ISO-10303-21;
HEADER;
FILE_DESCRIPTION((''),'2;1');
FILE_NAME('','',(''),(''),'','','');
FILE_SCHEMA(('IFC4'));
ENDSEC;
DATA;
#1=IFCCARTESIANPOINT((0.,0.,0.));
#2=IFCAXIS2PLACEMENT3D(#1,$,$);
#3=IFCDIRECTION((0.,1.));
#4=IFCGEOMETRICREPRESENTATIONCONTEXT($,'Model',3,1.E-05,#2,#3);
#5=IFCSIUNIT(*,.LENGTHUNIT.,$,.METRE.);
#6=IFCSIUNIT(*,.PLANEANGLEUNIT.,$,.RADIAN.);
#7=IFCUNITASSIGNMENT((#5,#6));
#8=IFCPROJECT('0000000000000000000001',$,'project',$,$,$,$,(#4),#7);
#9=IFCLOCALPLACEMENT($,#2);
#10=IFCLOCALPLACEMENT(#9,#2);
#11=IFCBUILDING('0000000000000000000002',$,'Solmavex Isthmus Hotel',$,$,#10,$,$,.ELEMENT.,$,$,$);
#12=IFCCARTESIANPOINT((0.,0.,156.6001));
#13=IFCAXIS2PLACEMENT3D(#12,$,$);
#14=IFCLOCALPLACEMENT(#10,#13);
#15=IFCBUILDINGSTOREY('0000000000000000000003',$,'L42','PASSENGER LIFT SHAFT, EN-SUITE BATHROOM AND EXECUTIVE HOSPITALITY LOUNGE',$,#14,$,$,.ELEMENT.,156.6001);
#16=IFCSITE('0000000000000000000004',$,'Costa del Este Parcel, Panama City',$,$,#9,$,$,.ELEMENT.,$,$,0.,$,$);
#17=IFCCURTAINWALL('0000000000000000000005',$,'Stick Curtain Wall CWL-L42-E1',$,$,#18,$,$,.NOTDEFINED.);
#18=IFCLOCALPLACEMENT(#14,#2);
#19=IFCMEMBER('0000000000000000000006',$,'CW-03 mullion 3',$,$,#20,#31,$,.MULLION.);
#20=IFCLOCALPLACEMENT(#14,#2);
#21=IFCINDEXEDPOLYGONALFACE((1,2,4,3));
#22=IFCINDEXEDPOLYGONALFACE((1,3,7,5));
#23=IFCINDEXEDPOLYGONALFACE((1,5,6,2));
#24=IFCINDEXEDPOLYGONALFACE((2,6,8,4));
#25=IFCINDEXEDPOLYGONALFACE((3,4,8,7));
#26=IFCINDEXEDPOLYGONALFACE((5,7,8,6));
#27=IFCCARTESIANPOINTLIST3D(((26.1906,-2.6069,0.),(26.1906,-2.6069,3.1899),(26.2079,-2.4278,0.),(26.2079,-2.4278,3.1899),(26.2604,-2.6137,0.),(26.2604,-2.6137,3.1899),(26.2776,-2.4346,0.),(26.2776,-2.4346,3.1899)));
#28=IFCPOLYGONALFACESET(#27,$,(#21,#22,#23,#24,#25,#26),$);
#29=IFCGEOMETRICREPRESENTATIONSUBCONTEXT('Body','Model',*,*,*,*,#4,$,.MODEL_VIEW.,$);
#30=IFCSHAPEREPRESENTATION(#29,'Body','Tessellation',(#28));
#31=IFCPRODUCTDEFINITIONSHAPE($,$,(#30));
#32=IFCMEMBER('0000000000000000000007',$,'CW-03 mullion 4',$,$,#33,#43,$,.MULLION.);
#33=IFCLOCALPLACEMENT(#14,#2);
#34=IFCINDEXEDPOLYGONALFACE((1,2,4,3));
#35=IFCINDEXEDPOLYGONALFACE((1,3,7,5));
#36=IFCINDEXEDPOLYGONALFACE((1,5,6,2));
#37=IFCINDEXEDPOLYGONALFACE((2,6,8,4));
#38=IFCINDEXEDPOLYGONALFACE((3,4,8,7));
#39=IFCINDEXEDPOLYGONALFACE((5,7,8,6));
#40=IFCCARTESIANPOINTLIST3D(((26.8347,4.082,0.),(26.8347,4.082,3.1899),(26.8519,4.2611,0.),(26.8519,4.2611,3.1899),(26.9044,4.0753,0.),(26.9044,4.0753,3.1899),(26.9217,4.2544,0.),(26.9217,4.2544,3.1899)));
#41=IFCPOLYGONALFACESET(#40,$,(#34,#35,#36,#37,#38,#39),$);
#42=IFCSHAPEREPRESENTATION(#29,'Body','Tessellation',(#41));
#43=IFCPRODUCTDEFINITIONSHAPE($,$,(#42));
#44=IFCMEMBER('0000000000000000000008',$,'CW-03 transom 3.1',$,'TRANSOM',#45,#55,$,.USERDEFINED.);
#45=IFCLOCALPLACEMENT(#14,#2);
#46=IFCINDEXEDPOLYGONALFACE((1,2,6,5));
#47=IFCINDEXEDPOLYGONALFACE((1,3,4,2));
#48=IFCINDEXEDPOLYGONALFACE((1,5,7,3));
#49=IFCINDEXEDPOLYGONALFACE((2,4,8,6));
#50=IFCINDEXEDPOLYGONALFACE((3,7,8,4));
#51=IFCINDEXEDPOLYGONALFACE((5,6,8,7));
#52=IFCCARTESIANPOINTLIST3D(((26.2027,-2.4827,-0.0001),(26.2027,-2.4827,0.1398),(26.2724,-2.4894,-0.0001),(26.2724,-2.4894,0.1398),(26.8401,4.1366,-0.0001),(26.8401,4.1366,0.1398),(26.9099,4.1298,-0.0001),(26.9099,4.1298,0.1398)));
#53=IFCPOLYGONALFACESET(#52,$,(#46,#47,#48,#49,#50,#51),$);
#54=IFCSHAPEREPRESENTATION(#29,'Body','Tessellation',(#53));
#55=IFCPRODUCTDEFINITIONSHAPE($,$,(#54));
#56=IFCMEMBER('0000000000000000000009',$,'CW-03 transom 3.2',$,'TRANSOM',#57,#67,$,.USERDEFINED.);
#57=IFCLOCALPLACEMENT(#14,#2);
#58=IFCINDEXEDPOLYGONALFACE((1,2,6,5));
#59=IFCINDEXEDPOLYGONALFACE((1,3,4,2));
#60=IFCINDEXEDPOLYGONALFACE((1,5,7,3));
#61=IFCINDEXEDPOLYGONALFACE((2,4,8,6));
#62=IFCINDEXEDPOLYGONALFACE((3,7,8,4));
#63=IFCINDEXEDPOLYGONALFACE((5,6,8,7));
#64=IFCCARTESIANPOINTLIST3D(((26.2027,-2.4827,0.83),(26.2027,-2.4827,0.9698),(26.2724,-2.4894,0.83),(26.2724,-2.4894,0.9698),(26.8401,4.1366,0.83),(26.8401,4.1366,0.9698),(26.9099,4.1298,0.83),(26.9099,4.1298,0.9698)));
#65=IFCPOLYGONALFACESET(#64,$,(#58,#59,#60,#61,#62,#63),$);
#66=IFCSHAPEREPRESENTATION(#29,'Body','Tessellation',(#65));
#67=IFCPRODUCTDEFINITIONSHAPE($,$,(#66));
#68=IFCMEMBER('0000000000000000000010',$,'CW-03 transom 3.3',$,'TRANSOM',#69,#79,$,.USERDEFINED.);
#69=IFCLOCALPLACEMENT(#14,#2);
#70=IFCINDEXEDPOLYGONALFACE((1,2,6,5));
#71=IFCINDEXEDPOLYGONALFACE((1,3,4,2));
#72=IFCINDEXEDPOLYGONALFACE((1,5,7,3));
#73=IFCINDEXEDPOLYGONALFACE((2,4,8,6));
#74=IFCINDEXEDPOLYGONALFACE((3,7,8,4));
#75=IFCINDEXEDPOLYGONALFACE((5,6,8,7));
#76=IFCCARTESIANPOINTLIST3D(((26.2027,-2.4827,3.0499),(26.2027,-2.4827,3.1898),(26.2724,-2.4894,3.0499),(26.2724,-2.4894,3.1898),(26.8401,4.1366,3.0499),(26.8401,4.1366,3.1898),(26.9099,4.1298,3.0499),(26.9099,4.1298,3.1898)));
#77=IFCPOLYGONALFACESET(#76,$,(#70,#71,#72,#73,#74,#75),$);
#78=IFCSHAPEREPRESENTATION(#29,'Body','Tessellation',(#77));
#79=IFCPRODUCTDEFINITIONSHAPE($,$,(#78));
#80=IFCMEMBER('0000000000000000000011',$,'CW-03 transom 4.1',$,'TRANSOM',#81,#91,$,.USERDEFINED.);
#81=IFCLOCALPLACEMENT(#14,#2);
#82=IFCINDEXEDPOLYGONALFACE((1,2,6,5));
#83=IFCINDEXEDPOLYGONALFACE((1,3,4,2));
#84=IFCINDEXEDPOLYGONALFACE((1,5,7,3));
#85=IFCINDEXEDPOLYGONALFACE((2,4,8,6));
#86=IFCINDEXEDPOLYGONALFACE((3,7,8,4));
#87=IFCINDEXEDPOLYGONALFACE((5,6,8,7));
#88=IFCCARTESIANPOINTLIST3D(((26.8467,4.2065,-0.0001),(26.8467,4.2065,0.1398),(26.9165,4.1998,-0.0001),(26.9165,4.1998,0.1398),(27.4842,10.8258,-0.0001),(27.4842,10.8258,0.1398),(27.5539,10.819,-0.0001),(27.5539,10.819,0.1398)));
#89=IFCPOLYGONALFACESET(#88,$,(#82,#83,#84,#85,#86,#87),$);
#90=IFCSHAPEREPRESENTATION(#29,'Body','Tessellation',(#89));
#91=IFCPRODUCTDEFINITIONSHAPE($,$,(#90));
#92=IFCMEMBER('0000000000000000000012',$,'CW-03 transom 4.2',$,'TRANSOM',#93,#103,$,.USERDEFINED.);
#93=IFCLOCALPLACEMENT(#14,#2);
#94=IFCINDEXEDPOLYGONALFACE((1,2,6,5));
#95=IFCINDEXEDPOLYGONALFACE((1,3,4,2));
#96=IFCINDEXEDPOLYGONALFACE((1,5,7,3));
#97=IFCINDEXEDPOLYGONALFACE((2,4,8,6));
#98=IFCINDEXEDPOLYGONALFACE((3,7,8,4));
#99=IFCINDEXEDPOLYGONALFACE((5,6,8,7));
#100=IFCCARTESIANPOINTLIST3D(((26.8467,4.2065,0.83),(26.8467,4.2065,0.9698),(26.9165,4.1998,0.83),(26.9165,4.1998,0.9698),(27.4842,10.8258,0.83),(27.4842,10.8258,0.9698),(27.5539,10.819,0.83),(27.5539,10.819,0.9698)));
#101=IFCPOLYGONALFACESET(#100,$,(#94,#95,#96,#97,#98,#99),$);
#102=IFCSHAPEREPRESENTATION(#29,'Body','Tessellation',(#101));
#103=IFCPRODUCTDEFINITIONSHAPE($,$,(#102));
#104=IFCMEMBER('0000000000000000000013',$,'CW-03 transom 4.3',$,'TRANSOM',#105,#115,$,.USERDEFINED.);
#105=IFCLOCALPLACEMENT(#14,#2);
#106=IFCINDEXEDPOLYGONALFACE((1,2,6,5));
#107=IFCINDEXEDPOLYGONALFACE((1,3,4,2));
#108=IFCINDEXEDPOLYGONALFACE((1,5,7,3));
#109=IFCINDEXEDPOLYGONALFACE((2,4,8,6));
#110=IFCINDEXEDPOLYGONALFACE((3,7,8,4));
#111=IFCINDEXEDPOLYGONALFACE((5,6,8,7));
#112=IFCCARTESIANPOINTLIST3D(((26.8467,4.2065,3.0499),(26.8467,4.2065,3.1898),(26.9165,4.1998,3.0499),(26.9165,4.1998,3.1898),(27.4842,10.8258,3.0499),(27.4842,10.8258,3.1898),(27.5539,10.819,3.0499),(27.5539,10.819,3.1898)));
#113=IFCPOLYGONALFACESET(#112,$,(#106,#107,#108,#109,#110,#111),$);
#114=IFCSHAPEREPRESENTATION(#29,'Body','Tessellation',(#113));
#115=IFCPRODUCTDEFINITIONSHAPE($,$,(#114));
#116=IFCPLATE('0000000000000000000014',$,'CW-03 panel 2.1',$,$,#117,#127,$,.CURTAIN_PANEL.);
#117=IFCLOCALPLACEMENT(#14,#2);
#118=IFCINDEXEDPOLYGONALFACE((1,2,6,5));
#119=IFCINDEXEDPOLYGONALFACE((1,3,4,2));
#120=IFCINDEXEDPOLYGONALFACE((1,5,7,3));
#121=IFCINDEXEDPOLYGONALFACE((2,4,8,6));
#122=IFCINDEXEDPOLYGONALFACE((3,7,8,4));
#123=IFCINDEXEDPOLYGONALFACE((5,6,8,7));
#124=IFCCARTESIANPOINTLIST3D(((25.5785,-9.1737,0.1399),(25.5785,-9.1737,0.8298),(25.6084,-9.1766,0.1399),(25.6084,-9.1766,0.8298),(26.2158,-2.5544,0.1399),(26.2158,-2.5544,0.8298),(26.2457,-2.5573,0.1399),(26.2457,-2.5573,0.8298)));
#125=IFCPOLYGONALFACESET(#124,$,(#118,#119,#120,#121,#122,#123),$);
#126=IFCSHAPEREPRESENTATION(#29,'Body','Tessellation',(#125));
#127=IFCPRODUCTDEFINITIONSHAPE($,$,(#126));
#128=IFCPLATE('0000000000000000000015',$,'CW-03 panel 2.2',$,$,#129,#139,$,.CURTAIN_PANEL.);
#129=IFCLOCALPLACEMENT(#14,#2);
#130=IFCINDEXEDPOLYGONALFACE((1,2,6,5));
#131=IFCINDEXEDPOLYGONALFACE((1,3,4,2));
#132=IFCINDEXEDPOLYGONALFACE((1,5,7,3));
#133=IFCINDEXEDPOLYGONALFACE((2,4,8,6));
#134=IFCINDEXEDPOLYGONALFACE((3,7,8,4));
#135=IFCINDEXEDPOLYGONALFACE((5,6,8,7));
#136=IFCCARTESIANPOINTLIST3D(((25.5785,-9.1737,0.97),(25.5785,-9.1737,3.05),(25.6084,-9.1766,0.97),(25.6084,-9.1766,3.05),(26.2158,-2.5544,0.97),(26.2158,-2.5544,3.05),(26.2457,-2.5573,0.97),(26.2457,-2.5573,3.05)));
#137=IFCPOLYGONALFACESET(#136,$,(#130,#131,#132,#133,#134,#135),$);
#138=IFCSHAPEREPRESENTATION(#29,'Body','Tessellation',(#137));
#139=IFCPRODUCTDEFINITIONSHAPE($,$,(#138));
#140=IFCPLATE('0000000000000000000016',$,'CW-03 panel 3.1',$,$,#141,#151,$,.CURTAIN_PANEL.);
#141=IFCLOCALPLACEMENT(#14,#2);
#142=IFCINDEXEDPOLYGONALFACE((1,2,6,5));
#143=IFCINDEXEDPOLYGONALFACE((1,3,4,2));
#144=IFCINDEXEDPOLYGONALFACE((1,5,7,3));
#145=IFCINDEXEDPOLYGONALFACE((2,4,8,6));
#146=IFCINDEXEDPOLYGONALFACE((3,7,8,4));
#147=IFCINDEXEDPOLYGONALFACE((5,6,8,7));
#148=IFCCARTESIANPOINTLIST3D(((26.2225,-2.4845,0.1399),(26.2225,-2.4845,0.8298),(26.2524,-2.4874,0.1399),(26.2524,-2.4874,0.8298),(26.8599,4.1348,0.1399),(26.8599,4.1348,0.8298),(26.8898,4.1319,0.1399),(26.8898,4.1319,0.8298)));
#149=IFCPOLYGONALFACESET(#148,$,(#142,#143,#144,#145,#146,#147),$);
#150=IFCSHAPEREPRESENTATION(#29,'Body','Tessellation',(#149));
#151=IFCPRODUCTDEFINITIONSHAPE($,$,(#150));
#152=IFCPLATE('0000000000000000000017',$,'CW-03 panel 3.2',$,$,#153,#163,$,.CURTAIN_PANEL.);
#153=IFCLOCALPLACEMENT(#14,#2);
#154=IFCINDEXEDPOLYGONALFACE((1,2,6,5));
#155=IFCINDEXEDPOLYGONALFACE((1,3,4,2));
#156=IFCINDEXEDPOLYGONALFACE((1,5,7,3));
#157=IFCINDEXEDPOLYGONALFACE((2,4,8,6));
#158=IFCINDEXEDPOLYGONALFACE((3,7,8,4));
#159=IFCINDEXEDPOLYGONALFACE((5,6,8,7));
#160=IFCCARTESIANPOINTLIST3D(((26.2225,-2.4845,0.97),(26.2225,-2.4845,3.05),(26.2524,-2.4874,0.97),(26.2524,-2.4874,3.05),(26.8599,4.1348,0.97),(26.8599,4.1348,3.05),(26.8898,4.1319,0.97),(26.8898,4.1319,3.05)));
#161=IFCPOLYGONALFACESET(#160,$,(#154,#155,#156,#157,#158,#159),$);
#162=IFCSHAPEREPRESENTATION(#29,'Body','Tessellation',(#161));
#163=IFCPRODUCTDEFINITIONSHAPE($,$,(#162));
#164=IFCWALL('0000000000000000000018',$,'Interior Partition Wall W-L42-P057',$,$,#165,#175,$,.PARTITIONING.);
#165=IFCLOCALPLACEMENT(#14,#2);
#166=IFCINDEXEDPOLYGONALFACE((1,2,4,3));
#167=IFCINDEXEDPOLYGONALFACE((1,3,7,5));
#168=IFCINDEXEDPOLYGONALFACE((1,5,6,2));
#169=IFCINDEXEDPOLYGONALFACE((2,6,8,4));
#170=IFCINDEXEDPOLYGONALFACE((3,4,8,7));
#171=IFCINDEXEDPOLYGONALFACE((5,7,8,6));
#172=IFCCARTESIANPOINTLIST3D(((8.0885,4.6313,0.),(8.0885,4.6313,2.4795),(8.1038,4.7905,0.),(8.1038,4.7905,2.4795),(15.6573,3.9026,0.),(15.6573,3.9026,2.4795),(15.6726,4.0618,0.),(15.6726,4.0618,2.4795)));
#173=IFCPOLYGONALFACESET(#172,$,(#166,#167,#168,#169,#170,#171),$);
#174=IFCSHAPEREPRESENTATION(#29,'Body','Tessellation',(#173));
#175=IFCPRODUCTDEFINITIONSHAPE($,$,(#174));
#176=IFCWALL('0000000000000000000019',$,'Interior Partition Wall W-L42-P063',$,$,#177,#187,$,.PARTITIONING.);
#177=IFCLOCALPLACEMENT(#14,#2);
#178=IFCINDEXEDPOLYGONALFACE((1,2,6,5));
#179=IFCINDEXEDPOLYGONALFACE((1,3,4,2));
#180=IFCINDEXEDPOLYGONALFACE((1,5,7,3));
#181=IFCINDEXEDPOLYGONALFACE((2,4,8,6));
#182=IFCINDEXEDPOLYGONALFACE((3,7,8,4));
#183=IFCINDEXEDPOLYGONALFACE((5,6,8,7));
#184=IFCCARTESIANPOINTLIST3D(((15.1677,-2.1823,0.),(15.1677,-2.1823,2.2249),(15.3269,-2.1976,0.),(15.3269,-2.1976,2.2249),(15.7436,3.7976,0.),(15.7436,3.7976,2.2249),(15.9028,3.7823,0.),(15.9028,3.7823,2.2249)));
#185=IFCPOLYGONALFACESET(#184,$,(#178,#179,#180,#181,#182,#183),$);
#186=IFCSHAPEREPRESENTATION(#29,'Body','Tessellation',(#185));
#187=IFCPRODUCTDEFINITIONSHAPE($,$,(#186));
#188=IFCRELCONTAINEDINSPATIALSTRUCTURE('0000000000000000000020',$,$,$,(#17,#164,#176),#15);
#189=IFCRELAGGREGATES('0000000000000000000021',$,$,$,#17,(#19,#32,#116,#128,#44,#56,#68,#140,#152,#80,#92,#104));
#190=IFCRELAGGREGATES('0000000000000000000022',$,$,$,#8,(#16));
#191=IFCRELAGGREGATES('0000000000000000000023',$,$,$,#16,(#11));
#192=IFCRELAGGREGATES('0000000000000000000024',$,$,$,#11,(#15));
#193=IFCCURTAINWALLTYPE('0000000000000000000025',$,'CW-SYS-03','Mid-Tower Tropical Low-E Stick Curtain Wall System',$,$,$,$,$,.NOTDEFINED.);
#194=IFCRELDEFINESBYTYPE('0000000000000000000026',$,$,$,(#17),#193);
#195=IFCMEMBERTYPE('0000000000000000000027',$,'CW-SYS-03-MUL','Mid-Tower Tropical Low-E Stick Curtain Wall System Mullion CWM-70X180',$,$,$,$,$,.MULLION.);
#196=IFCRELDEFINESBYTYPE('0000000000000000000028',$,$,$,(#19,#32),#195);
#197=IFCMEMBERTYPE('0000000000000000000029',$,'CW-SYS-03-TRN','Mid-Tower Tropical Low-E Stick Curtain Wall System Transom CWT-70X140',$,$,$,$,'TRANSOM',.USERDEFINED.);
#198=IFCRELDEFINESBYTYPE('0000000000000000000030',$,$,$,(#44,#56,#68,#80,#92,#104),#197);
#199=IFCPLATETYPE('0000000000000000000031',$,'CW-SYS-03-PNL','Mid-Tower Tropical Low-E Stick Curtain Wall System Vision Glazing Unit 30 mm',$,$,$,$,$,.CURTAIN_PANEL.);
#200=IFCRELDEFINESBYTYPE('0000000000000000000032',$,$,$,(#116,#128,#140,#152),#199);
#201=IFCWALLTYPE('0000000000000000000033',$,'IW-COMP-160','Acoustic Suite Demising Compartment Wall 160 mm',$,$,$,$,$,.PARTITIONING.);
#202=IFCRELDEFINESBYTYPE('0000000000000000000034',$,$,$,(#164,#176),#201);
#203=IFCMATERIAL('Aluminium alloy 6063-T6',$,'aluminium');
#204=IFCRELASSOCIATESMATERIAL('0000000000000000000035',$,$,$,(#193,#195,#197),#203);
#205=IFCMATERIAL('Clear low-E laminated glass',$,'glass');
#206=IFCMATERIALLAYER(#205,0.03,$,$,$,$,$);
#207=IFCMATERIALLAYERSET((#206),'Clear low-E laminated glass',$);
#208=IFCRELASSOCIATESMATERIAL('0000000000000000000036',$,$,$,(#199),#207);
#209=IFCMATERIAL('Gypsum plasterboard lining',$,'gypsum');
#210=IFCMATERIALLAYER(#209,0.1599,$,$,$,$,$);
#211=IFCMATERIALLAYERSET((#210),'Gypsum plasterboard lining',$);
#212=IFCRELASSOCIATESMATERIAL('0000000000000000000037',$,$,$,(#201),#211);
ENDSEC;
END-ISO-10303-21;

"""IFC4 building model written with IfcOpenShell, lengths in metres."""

from ifc_helpers import new_model, si_unit, direction, frame, frame_2d, origin, origin_2d, place, context, subcontext, project, spatial, rectangle, extrude, material, layer, layer_set, material_profile, profile_set, type_object, element, aggregate, save


model = new_model("IFC4")

# Units and contexts
model_context = context("Model", 3, precision=1e-05, world=origin(), true_north=direction((0.0, 1.0)))
body_context = subcontext(model_context, "Body", "Model", "MODEL_VIEW")
ifc_project = project(units=[si_unit("LENGTHUNIT", "METRE"), si_unit("PLANEANGLEUNIT", "RADIAN")], contexts=[model_context])

# Site, building, storey
site_placement = place(None, origin())
site = spatial("IfcSite", under=ifc_project, at=site_placement, Name="Costa del Este Parcel, Panama City", CompositionType="ELEMENT", RefElevation=0.0)
building_placement = place(site_placement, origin())
building = spatial("IfcBuilding", under=site, at=building_placement, Name="Solmavex Isthmus Hotel", CompositionType="ELEMENT")
storey_placement = place(building_placement, frame((0.0, 0.0, 156.6001)))
storey = spatial("IfcBuildingStorey", under=building, at=storey_placement, Name="L42", Description="PASSENGER LIFT SHAFT, EN-SUITE BATHROOM AND EXECUTIVE HOSPITALITY LOUNGE", CompositionType="ELEMENT", Elevation=156.6001)

# Curtain wall, members, plates
ifc_material_1 = material(Name="Aluminium alloy 6063-T6", Category="aluminium")
curtain_wall_type = type_object("IfcCurtainWallType", Name="CW-SYS-03", Description="Mid-Tower Tropical Low-E Stick Curtain Wall System", PredefinedType="NOTDEFINED", material=ifc_material_1)
curtain_wall_placement = place(storey_placement, origin())
curtain_wall = element("IfcCurtainWall", 1, at=curtain_wall_placement, inside=storey, type_object=curtain_wall_type, Name="Stick Curtain Wall CWL-L42-E1", PredefinedType="NOTDEFINED")
ifc_material_profile_1 = material_profile(ifc_material_1, rectangle(XDim=0.0701, YDim=0.1799, at=origin_2d()), Name="CWM-70X180")
ifc_profile_set_1 = profile_set([ifc_material_profile_1], Name="Aluminium alloy 6063-T6")
member_type_1 = type_object("IfcMemberType", Name="CW-SYS-03-MUL", Description="Mid-Tower Tropical Low-E Stick Curtain Wall System Mullion CWM-70X180", PredefinedType="MULLION", material=ifc_profile_set_1)
member_1_placement = place(storey_placement, frame((26.2341, -2.5208, 0.0), z_axis=(0.0, 0.0, 1.0), x_axis=(-0.995396, 0.095846, 0.0)))
member_1 = element("IfcMember", 2, at=member_1_placement, type_object=member_type_1, Name="CW-03 mullion 3", PredefinedType="MULLION", context=body_context, shape_type="SweptSolid", body=[
    extrude(rectangle(XDim=0.0701, YDim=0.1799, at=origin_2d()), origin(), (0.0, 0.0, 1.0), 3.1899),
])
member_2_placement = place(storey_placement, frame((26.8782, 4.1682, 0.0), z_axis=(0.0, 0.0, 1.0), x_axis=(-0.995396, 0.095846, 0.0)))
member_2 = element("IfcMember", 3, at=member_2_placement, type_object=member_type_1, Name="CW-03 mullion 4", PredefinedType="MULLION", context=body_context, shape_type="SweptSolid", body=[
    extrude(rectangle(XDim=0.0701, YDim=0.1799, at=origin_2d()), origin(), (0.0, 0.0, 1.0), 3.1899),
])
ifc_material_profile_2 = material_profile(ifc_material_1, rectangle(XDim=0.0701, YDim=0.1399, at=origin_2d()), Name="CWT-70X140")
ifc_profile_set_2 = profile_set([ifc_material_profile_2], Name="Aluminium alloy 6063-T6")
member_type_2 = type_object("IfcMemberType", Name="CW-SYS-03-TRN", Description="Mid-Tower Tropical Low-E Stick Curtain Wall System Transom CWT-70X140", ElementType="TRANSOM", PredefinedType="USERDEFINED", material=ifc_profile_set_2)
member_3_placement = place(storey_placement, frame((26.2375, -2.4861, 0.0698), z_axis=(0.095857, 0.995395, 0.0), x_axis=(-0.995395, 0.095857, 0.0)))
member_3 = element("IfcMember", 4, at=member_3_placement, type_object=member_type_2, Name="CW-03 transom 3.1", ObjectType="TRANSOM", PredefinedType="USERDEFINED", context=body_context, shape_type="SweptSolid", body=[
    extrude(rectangle(XDim=0.0701, YDim=0.1399, at=origin_2d()), origin(), (0.0, 0.0, 1.0), 6.6499),
])
member_4_placement = place(storey_placement, frame((26.2375, -2.4861, 0.8999), z_axis=(0.095857, 0.995395, 0.0), x_axis=(-0.995395, 0.095857, 0.0)))
member_4 = element("IfcMember", 5, at=member_4_placement, type_object=member_type_2, Name="CW-03 transom 3.2", ObjectType="TRANSOM", PredefinedType="USERDEFINED", context=body_context, shape_type="SweptSolid", body=[
    extrude(rectangle(XDim=0.0701, YDim=0.1399, at=origin_2d()), origin(), (0.0, 0.0, 1.0), 6.6499),
])
member_5_placement = place(storey_placement, frame((26.2375, -2.4861, 3.1199), z_axis=(0.095857, 0.995395, 0.0), x_axis=(-0.995395, 0.095857, 0.0)))
member_5 = element("IfcMember", 6, at=member_5_placement, type_object=member_type_2, Name="CW-03 transom 3.3", ObjectType="TRANSOM", PredefinedType="USERDEFINED", context=body_context, shape_type="SweptSolid", body=[
    extrude(rectangle(XDim=0.0701, YDim=0.1399, at=origin_2d()), origin(), (0.0, 0.0, 1.0), 6.6499),
])
member_6_placement = place(storey_placement, frame((26.8816, 4.2031, 0.0698), z_axis=(0.095857, 0.995395, 0.0), x_axis=(-0.995395, 0.095857, 0.0)))
member_6 = element("IfcMember", 7, at=member_6_placement, type_object=member_type_2, Name="CW-03 transom 4.1", ObjectType="TRANSOM", PredefinedType="USERDEFINED", context=body_context, shape_type="SweptSolid", body=[
    extrude(rectangle(XDim=0.0701, YDim=0.1399, at=origin_2d()), origin(), (0.0, 0.0, 1.0), 6.6499),
])
member_7_placement = place(storey_placement, frame((26.8816, 4.2031, 0.8999), z_axis=(0.095857, 0.995395, 0.0), x_axis=(-0.995395, 0.095857, 0.0)))
member_7 = element("IfcMember", 8, at=member_7_placement, type_object=member_type_2, Name="CW-03 transom 4.2", ObjectType="TRANSOM", PredefinedType="USERDEFINED", context=body_context, shape_type="SweptSolid", body=[
    extrude(rectangle(XDim=0.0701, YDim=0.1399, at=origin_2d()), origin(), (0.0, 0.0, 1.0), 6.6499),
])
member_8_placement = place(storey_placement, frame((26.8816, 4.2031, 3.1199), z_axis=(0.095857, 0.995395, 0.0), x_axis=(-0.995395, 0.095857, 0.0)))
member_8 = element("IfcMember", 9, at=member_8_placement, type_object=member_type_2, Name="CW-03 transom 4.3", ObjectType="TRANSOM", PredefinedType="USERDEFINED", context=body_context, shape_type="SweptSolid", body=[
    extrude(rectangle(XDim=0.0701, YDim=0.1399, at=origin_2d()), origin(), (0.0, 0.0, 1.0), 6.6499),
])
ifc_material_2 = material(Name="Clear low-E laminated glass", Category="glass")
ifc_layer_1 = layer(ifc_material_2, 0.03)
ifc_layer_set_1 = layer_set([ifc_layer_1], Name="Clear low-E laminated glass")
plate_type = type_object("IfcPlateType", Name="CW-SYS-03-PNL", Description="Mid-Tower Tropical Low-E Stick Curtain Wall System Vision Glazing Unit 30 mm", PredefinedType="CURTAIN_PANEL", material=ifc_layer_set_1)
plate_1_placement = place(storey_placement, frame((25.9121, -5.8655, 0.1399), z_axis=(0.0, 0.0, 1.0), x_axis=(0.095846, 0.995396, 0.0)))
plate_1 = element("IfcPlate", 10, at=plate_1_placement, type_object=plate_type, Name="CW-03 panel 2.1", PredefinedType="CURTAIN_PANEL", context=body_context, shape_type="SweptSolid", body=[
    extrude(rectangle(XDim=6.6499, YDim=0.03, at=origin_2d()), origin(), (0.0, 0.0, 1.0), 0.6899),
])
plate_2_placement = place(storey_placement, frame((25.9121, -5.8655, 0.97), z_axis=(0.0, 0.0, 1.0), x_axis=(0.095846, 0.995396, 0.0)))
plate_2 = element("IfcPlate", 11, at=plate_2_placement, type_object=plate_type, Name="CW-03 panel 2.2", PredefinedType="CURTAIN_PANEL", context=body_context, shape_type="SweptSolid", body=[
    extrude(rectangle(XDim=6.6499, YDim=0.03, at=origin_2d()), origin(), (0.0, 0.0, 1.0), 2.0801),
])
plate_3_placement = place(storey_placement, frame((26.5562, 0.8237, 0.1399), z_axis=(0.0, 0.0, 1.0), x_axis=(0.095846, 0.995396, 0.0)))
plate_3 = element("IfcPlate", 12, at=plate_3_placement, type_object=plate_type, Name="CW-03 panel 3.1", PredefinedType="CURTAIN_PANEL", context=body_context, shape_type="SweptSolid", body=[
    extrude(rectangle(XDim=6.6499, YDim=0.03, at=origin_2d()), origin(), (0.0, 0.0, 1.0), 0.6899),
])
plate_4_placement = place(storey_placement, frame((26.5562, 0.8237, 0.97), z_axis=(0.0, 0.0, 1.0), x_axis=(0.095846, 0.995396, 0.0)))
plate_4 = element("IfcPlate", 13, at=plate_4_placement, type_object=plate_type, Name="CW-03 panel 3.2", PredefinedType="CURTAIN_PANEL", context=body_context, shape_type="SweptSolid", body=[
    extrude(rectangle(XDim=6.6499, YDim=0.03, at=origin_2d()), origin(), (0.0, 0.0, 1.0), 2.0801),
])
aggregate(curtain_wall, [member_1, member_2, plate_1, plate_2, member_3, member_4, member_5, plate_3, plate_4, member_6, member_7, member_8])

# Walls
ifc_material_3 = material(Name="Gypsum plasterboard lining", Category="gypsum")
ifc_layer_2 = layer(ifc_material_3, 0.1599)
ifc_layer_set_2 = layer_set([ifc_layer_2], Name="Gypsum plasterboard lining")
wall_type = type_object("IfcWallType", Name="IW-COMP-160", Description="Acoustic Suite Demising Compartment Wall 160 mm", PredefinedType="PARTITIONING", material=ifc_layer_set_2)
wall_1_placement = place(storey_placement, frame((15.6648, 3.9822, 0.0), z_axis=(0.0, 0.0, 1.0), x_axis=(-0.995397, 0.095841, 0.0)))
element("IfcWall", 14, at=wall_1_placement, inside=storey, type_object=wall_type, Name="Interior Partition Wall W-L42-P057", PredefinedType="PARTITIONING", context=body_context, shape_type="SweptSolid", body=[
    extrude(rectangle(XDim=7.6038, YDim=0.1599, at=frame_2d((3.8018, 0.0))), origin(), (0.0, 0.0, 1.0), 2.4795),
])
wall_2_placement = place(storey_placement, frame((15.8232, 3.79, 0.0), z_axis=(0.0, 0.0, 1.0), x_axis=(-0.095866, -0.995394, 0.0)))
element("IfcWall", 15, at=wall_2_placement, inside=storey, type_object=wall_type, Name="Interior Partition Wall W-L42-P063", PredefinedType="PARTITIONING", context=body_context, shape_type="SweptSolid", body=[
    extrude(rectangle(XDim=6.0076, YDim=0.1599, at=frame_2d((3.0039, 0.0))), origin(), (0.0, 0.0, 1.0), 2.2249),
])

save(model, "model.ifc")
